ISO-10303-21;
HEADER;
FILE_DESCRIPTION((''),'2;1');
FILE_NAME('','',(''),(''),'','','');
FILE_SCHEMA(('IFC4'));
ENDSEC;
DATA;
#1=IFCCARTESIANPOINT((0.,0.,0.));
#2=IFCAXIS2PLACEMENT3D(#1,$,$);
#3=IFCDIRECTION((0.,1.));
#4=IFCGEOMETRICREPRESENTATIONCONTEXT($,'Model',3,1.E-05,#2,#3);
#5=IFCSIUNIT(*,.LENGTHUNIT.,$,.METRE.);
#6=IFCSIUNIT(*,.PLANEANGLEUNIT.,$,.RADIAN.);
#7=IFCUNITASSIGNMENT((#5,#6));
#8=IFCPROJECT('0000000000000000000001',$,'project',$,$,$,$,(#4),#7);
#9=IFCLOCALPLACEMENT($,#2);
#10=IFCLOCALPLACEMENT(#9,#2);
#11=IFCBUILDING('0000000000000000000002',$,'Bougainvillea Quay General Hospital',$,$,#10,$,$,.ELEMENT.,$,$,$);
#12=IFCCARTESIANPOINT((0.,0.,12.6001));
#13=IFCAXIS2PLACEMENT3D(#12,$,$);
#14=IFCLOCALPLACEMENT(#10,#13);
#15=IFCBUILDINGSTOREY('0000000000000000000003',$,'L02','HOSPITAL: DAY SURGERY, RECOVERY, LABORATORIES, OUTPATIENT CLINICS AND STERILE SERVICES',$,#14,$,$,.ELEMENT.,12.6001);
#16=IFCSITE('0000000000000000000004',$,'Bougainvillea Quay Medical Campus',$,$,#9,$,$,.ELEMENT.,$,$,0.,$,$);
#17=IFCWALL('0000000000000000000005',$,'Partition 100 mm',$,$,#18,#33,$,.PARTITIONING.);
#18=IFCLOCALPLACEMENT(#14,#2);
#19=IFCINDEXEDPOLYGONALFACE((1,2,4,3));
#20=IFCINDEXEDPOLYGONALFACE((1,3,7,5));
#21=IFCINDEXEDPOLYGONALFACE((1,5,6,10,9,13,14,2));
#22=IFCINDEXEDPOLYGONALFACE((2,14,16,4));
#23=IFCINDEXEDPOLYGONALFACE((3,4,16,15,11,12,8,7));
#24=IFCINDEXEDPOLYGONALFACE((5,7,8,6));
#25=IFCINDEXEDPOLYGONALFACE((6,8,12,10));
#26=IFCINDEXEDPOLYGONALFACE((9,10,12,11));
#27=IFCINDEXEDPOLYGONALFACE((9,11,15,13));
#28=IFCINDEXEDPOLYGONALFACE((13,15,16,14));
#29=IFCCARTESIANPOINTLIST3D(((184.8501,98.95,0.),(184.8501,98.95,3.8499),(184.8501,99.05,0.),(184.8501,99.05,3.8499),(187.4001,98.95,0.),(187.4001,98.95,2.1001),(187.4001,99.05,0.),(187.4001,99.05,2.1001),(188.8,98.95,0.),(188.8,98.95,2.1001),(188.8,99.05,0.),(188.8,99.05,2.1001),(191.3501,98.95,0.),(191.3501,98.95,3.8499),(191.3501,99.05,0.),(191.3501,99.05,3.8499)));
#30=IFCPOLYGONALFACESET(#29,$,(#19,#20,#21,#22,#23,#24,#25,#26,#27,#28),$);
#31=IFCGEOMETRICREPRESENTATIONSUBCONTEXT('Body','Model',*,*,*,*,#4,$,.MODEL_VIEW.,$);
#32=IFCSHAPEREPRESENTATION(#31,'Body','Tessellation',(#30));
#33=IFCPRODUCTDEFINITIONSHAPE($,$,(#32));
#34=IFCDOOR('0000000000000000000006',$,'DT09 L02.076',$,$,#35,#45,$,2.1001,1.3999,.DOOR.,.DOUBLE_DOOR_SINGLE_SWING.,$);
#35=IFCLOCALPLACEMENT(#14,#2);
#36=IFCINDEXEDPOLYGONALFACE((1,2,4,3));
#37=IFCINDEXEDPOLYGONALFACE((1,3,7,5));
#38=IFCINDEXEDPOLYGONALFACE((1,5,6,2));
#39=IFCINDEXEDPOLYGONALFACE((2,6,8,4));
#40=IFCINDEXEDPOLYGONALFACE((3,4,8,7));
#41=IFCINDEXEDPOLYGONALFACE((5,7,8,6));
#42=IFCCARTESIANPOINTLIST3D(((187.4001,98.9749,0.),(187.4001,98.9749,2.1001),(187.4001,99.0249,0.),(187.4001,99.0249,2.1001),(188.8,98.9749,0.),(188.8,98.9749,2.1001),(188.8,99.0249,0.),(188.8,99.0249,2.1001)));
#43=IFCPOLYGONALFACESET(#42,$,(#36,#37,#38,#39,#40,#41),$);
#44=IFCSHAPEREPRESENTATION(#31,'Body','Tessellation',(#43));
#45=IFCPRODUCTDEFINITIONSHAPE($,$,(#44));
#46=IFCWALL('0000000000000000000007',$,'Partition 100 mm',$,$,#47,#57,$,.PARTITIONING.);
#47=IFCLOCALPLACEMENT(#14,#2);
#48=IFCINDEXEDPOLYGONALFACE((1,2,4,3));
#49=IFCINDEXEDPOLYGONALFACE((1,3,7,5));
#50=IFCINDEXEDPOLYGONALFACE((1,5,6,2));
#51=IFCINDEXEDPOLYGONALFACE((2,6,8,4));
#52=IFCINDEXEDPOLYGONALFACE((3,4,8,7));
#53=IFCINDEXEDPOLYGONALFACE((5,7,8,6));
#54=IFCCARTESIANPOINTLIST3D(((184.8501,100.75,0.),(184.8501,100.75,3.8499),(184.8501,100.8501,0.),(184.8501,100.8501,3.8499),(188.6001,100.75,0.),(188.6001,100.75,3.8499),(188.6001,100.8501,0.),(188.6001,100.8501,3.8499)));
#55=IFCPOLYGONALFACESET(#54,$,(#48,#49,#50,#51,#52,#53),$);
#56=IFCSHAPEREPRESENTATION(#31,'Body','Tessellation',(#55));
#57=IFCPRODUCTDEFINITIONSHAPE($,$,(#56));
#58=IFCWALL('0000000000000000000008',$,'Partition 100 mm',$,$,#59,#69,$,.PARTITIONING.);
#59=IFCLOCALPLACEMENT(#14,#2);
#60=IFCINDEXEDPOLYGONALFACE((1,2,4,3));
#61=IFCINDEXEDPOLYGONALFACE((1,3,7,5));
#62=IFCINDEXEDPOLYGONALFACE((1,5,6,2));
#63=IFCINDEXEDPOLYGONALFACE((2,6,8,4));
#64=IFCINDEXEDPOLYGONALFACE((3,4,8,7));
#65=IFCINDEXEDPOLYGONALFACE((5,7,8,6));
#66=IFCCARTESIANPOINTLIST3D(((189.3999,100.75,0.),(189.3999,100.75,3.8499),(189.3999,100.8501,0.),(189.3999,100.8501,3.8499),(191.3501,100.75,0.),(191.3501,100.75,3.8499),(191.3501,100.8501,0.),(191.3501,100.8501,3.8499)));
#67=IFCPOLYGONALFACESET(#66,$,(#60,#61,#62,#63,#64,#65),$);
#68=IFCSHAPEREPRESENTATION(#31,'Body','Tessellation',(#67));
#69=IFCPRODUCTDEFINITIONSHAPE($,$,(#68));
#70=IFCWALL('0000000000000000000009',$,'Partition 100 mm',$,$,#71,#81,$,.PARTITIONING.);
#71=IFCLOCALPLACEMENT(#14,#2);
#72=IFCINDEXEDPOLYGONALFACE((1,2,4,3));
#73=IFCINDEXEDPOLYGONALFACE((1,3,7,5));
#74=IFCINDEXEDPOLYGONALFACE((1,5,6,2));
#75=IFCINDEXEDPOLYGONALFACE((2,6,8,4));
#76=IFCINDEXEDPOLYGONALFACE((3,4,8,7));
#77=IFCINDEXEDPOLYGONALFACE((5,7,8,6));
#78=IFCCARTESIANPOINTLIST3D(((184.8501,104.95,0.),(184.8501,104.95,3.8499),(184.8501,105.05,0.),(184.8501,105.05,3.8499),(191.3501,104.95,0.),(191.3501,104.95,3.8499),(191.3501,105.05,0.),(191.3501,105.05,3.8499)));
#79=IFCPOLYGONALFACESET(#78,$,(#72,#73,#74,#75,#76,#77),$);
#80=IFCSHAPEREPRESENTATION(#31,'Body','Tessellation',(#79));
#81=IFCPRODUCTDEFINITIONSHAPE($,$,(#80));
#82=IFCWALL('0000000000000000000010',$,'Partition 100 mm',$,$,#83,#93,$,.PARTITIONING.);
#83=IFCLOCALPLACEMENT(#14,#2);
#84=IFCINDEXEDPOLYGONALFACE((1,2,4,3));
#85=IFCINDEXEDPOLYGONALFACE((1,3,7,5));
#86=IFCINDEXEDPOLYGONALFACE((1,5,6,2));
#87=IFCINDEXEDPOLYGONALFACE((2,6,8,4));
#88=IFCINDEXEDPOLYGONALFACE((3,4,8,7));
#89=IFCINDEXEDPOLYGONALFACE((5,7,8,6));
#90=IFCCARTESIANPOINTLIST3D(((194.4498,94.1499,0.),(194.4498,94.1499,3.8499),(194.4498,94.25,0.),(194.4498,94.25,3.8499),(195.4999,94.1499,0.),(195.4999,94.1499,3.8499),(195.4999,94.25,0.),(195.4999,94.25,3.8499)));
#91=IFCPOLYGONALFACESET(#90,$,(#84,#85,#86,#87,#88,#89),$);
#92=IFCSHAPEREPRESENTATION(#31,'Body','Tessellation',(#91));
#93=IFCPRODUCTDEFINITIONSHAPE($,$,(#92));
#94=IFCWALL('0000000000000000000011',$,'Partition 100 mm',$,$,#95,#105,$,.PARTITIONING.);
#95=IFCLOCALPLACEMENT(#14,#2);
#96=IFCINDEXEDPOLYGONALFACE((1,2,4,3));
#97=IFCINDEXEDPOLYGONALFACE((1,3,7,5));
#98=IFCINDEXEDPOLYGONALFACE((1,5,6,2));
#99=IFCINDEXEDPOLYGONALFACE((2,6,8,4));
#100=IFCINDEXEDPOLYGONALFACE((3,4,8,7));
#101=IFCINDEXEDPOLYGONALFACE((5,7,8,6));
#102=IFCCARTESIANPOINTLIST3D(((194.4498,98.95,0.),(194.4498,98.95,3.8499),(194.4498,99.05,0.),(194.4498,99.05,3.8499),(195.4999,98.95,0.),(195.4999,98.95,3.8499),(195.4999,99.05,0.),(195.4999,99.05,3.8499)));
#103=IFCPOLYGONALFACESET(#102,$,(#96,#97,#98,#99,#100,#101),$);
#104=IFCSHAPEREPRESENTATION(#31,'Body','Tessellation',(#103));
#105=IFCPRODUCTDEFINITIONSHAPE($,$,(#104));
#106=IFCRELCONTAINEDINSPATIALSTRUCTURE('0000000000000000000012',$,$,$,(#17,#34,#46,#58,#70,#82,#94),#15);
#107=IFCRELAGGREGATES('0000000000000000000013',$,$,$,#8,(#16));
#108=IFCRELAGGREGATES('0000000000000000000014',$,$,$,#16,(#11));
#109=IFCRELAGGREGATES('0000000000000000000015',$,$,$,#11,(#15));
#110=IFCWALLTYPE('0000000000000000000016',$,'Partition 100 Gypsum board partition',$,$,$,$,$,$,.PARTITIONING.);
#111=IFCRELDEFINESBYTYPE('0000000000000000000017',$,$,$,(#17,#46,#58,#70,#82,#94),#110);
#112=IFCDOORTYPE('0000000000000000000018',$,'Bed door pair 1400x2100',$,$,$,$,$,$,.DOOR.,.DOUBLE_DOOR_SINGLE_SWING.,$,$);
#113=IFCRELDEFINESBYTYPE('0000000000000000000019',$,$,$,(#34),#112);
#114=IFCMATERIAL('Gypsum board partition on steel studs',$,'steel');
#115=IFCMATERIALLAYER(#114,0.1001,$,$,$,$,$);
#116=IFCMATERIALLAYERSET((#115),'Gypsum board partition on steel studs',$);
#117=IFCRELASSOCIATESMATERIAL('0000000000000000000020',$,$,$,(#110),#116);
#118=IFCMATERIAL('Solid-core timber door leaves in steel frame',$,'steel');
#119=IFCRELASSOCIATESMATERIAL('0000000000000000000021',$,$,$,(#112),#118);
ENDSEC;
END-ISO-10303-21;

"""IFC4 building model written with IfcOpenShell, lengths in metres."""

from ifc_helpers import new_model, si_unit, direction, frame, frame_2d, origin, place, context, subcontext, project, spatial, rectangle, extrude, material, layer, layer_set, type_object, element, fill, save


model = new_model("IFC4")

# Units and contexts
model_context = context("Model", 3, precision=1e-05, world=origin(), true_north=direction((0.0, 1.0)))
body_context = subcontext(model_context, "Body", "Model", "MODEL_VIEW")
ifc_project = project(units=[si_unit("LENGTHUNIT", "METRE"), si_unit("PLANEANGLEUNIT", "RADIAN")], contexts=[model_context])

# Site, building, storey
site_placement = place(None, origin())
site = spatial("IfcSite", under=ifc_project, at=site_placement, Name="Bougainvillea Quay Medical Campus", CompositionType="ELEMENT", RefElevation=0.0)
building_placement = place(site_placement, origin())
building = spatial("IfcBuilding", under=site, at=building_placement, Name="Bougainvillea Quay General Hospital", CompositionType="ELEMENT")
storey_placement = place(building_placement, frame((0.0, 0.0, 12.6001)))
storey = spatial("IfcBuildingStorey", under=building, at=storey_placement, Name="L02", Description="HOSPITAL: DAY SURGERY, RECOVERY, LABORATORIES, OUTPATIENT CLINICS AND STERILE SERVICES", CompositionType="ELEMENT", Elevation=12.6001)

# Shared definitions
ifc_material_1 = material(Name="Gypsum board partition on steel studs", Category="steel")
ifc_layer = layer(ifc_material_1, 0.1001)
ifc_layer_set = layer_set([ifc_layer], Name="Gypsum board partition on steel studs")
wall_type = type_object("IfcWallType", Name="Partition 100 Gypsum board partition", PredefinedType="PARTITIONING", material=ifc_layer_set)
ifc_material_2 = material(Name="Solid-core timber door leaves in steel frame", Category="steel")
door_type_1 = type_object("IfcDoorType", Name="Bed door pair 1400x2100", OperationType="DOUBLE_DOOR_SINGLE_SWING", PredefinedType="DOOR", material=ifc_material_2)

# Wall, opening, door
wall_1_placement = place(storey_placement, frame((184.8501, 99.0, 0.0), z_axis=(0.0, 0.0, 1.0), x_axis=(1.0, 0.0, 0.0)))
wall_1 = element("IfcWall", 1, at=wall_1_placement, inside=storey, type_object=wall_type, Name="Partition 100 mm", PredefinedType="PARTITIONING", context=body_context, shape_type="SweptSolid", body=[
    extrude(rectangle(XDim=6.5, YDim=0.1001, at=frame_2d((3.25, 0.0))), origin(), (0.0, 0.0, 1.0), 3.8499),
])
opening_1_placement = place(wall_1_placement, frame((2.55, 0.0, 0.0)))
opening_1 = element("IfcOpeningElement", 2, at=opening_1_placement, cuts=wall_1, PredefinedType="OPENING", context=body_context, shape_type="SweptSolid", body=[
    extrude(rectangle(XDim=1.3999, YDim=2.1001, at=frame_2d((0.7, 1.05))), frame((0.0, 0.0601, 0.0), z_axis=(0.0, -1.0, 0.0), x_axis=(1.0, 0.0, 0.0)), (0.0, 0.0, 1.0), 0.1201),
])
door_1_placement = place(opening_1_placement, origin())
door_1 = element("IfcDoor", 3, at=door_1_placement, inside=storey, type_object=door_type_1, Name="DT09 L02.076", OperationType="DOUBLE_DOOR_SINGLE_SWING", OverallHeight=2.1001, OverallWidth=1.3999, PredefinedType="DOOR", context=body_context, shape_type="SweptSolid", body=[
    extrude(rectangle(XDim=1.3999, YDim=2.1001, at=frame_2d((0.7, 1.05))), frame((0.0, 0.0249, 0.0), z_axis=(0.0, -1.0, 0.0), x_axis=(1.0, 0.0, 0.0)), (0.0, 0.0, 1.0), 0.05),
])
fill(opening_1, door_1)

# Walls
wall_2_placement = place(storey_placement, frame((184.8501, 100.8, 0.0), z_axis=(0.0, 0.0, 1.0), x_axis=(1.0, 0.0, 0.0)))
element("IfcWall", 4, at=wall_2_placement, inside=storey, type_object=wall_type, Name="Partition 100 mm", PredefinedType="PARTITIONING", context=body_context, shape_type="SweptSolid", body=[
    extrude(rectangle(XDim=3.75, YDim=0.1001, at=frame_2d((1.875, 0.0))), origin(), (0.0, 0.0, 1.0), 3.8499),
])
wall_3_placement = place(storey_placement, frame((189.3999, 100.8, 0.0), z_axis=(0.0, 0.0, 1.0), x_axis=(1.0, 0.0, 0.0)))
element("IfcWall", 5, at=wall_3_placement, inside=storey, type_object=wall_type, Name="Partition 100 mm", PredefinedType="PARTITIONING", context=body_context, shape_type="SweptSolid", body=[
    extrude(rectangle(XDim=1.9502, YDim=0.1001, at=frame_2d((0.9751, 0.0))), origin(), (0.0, 0.0, 1.0), 3.8499),
])
wall_4_placement = place(storey_placement, frame((184.8501, 105.0, 0.0), z_axis=(0.0, 0.0, 1.0), x_axis=(1.0, 0.0, 0.0)))
element("IfcWall", 6, at=wall_4_placement, inside=storey, type_object=wall_type, Name="Partition 100 mm", PredefinedType="PARTITIONING", context=body_context, shape_type="SweptSolid", body=[
    extrude(rectangle(XDim=6.5, YDim=0.1001, at=frame_2d((3.25, 0.0))), origin(), (0.0, 0.0, 1.0), 3.8499),
])
for number, where, z_axis, x_axis, name in (
    (7, (194.45, 94.2, 0.0), (0.0, 0.0, 1.0), (1.0, 0.0, 0.0), "Partition 100 mm"),
    (8, (194.45, 99.0, 0.0), (0.0, 0.0, 1.0), (1.0, 0.0, 0.0), "Partition 100 mm"),
):
    element("IfcWall", number, at=place(storey_placement, frame(where, z_axis=z_axis, x_axis=x_axis)), inside=storey, type_object=wall_type, Name=name, PredefinedType="PARTITIONING", context=body_context, shape_type="SweptSolid", body=[
        extrude(rectangle(XDim=1.05, YDim=0.1001, at=frame_2d((0.5249, 0.0))), origin(), (0.0, 0.0, 1.0), 3.8499),
    ])

save(model, "model.ifc")
